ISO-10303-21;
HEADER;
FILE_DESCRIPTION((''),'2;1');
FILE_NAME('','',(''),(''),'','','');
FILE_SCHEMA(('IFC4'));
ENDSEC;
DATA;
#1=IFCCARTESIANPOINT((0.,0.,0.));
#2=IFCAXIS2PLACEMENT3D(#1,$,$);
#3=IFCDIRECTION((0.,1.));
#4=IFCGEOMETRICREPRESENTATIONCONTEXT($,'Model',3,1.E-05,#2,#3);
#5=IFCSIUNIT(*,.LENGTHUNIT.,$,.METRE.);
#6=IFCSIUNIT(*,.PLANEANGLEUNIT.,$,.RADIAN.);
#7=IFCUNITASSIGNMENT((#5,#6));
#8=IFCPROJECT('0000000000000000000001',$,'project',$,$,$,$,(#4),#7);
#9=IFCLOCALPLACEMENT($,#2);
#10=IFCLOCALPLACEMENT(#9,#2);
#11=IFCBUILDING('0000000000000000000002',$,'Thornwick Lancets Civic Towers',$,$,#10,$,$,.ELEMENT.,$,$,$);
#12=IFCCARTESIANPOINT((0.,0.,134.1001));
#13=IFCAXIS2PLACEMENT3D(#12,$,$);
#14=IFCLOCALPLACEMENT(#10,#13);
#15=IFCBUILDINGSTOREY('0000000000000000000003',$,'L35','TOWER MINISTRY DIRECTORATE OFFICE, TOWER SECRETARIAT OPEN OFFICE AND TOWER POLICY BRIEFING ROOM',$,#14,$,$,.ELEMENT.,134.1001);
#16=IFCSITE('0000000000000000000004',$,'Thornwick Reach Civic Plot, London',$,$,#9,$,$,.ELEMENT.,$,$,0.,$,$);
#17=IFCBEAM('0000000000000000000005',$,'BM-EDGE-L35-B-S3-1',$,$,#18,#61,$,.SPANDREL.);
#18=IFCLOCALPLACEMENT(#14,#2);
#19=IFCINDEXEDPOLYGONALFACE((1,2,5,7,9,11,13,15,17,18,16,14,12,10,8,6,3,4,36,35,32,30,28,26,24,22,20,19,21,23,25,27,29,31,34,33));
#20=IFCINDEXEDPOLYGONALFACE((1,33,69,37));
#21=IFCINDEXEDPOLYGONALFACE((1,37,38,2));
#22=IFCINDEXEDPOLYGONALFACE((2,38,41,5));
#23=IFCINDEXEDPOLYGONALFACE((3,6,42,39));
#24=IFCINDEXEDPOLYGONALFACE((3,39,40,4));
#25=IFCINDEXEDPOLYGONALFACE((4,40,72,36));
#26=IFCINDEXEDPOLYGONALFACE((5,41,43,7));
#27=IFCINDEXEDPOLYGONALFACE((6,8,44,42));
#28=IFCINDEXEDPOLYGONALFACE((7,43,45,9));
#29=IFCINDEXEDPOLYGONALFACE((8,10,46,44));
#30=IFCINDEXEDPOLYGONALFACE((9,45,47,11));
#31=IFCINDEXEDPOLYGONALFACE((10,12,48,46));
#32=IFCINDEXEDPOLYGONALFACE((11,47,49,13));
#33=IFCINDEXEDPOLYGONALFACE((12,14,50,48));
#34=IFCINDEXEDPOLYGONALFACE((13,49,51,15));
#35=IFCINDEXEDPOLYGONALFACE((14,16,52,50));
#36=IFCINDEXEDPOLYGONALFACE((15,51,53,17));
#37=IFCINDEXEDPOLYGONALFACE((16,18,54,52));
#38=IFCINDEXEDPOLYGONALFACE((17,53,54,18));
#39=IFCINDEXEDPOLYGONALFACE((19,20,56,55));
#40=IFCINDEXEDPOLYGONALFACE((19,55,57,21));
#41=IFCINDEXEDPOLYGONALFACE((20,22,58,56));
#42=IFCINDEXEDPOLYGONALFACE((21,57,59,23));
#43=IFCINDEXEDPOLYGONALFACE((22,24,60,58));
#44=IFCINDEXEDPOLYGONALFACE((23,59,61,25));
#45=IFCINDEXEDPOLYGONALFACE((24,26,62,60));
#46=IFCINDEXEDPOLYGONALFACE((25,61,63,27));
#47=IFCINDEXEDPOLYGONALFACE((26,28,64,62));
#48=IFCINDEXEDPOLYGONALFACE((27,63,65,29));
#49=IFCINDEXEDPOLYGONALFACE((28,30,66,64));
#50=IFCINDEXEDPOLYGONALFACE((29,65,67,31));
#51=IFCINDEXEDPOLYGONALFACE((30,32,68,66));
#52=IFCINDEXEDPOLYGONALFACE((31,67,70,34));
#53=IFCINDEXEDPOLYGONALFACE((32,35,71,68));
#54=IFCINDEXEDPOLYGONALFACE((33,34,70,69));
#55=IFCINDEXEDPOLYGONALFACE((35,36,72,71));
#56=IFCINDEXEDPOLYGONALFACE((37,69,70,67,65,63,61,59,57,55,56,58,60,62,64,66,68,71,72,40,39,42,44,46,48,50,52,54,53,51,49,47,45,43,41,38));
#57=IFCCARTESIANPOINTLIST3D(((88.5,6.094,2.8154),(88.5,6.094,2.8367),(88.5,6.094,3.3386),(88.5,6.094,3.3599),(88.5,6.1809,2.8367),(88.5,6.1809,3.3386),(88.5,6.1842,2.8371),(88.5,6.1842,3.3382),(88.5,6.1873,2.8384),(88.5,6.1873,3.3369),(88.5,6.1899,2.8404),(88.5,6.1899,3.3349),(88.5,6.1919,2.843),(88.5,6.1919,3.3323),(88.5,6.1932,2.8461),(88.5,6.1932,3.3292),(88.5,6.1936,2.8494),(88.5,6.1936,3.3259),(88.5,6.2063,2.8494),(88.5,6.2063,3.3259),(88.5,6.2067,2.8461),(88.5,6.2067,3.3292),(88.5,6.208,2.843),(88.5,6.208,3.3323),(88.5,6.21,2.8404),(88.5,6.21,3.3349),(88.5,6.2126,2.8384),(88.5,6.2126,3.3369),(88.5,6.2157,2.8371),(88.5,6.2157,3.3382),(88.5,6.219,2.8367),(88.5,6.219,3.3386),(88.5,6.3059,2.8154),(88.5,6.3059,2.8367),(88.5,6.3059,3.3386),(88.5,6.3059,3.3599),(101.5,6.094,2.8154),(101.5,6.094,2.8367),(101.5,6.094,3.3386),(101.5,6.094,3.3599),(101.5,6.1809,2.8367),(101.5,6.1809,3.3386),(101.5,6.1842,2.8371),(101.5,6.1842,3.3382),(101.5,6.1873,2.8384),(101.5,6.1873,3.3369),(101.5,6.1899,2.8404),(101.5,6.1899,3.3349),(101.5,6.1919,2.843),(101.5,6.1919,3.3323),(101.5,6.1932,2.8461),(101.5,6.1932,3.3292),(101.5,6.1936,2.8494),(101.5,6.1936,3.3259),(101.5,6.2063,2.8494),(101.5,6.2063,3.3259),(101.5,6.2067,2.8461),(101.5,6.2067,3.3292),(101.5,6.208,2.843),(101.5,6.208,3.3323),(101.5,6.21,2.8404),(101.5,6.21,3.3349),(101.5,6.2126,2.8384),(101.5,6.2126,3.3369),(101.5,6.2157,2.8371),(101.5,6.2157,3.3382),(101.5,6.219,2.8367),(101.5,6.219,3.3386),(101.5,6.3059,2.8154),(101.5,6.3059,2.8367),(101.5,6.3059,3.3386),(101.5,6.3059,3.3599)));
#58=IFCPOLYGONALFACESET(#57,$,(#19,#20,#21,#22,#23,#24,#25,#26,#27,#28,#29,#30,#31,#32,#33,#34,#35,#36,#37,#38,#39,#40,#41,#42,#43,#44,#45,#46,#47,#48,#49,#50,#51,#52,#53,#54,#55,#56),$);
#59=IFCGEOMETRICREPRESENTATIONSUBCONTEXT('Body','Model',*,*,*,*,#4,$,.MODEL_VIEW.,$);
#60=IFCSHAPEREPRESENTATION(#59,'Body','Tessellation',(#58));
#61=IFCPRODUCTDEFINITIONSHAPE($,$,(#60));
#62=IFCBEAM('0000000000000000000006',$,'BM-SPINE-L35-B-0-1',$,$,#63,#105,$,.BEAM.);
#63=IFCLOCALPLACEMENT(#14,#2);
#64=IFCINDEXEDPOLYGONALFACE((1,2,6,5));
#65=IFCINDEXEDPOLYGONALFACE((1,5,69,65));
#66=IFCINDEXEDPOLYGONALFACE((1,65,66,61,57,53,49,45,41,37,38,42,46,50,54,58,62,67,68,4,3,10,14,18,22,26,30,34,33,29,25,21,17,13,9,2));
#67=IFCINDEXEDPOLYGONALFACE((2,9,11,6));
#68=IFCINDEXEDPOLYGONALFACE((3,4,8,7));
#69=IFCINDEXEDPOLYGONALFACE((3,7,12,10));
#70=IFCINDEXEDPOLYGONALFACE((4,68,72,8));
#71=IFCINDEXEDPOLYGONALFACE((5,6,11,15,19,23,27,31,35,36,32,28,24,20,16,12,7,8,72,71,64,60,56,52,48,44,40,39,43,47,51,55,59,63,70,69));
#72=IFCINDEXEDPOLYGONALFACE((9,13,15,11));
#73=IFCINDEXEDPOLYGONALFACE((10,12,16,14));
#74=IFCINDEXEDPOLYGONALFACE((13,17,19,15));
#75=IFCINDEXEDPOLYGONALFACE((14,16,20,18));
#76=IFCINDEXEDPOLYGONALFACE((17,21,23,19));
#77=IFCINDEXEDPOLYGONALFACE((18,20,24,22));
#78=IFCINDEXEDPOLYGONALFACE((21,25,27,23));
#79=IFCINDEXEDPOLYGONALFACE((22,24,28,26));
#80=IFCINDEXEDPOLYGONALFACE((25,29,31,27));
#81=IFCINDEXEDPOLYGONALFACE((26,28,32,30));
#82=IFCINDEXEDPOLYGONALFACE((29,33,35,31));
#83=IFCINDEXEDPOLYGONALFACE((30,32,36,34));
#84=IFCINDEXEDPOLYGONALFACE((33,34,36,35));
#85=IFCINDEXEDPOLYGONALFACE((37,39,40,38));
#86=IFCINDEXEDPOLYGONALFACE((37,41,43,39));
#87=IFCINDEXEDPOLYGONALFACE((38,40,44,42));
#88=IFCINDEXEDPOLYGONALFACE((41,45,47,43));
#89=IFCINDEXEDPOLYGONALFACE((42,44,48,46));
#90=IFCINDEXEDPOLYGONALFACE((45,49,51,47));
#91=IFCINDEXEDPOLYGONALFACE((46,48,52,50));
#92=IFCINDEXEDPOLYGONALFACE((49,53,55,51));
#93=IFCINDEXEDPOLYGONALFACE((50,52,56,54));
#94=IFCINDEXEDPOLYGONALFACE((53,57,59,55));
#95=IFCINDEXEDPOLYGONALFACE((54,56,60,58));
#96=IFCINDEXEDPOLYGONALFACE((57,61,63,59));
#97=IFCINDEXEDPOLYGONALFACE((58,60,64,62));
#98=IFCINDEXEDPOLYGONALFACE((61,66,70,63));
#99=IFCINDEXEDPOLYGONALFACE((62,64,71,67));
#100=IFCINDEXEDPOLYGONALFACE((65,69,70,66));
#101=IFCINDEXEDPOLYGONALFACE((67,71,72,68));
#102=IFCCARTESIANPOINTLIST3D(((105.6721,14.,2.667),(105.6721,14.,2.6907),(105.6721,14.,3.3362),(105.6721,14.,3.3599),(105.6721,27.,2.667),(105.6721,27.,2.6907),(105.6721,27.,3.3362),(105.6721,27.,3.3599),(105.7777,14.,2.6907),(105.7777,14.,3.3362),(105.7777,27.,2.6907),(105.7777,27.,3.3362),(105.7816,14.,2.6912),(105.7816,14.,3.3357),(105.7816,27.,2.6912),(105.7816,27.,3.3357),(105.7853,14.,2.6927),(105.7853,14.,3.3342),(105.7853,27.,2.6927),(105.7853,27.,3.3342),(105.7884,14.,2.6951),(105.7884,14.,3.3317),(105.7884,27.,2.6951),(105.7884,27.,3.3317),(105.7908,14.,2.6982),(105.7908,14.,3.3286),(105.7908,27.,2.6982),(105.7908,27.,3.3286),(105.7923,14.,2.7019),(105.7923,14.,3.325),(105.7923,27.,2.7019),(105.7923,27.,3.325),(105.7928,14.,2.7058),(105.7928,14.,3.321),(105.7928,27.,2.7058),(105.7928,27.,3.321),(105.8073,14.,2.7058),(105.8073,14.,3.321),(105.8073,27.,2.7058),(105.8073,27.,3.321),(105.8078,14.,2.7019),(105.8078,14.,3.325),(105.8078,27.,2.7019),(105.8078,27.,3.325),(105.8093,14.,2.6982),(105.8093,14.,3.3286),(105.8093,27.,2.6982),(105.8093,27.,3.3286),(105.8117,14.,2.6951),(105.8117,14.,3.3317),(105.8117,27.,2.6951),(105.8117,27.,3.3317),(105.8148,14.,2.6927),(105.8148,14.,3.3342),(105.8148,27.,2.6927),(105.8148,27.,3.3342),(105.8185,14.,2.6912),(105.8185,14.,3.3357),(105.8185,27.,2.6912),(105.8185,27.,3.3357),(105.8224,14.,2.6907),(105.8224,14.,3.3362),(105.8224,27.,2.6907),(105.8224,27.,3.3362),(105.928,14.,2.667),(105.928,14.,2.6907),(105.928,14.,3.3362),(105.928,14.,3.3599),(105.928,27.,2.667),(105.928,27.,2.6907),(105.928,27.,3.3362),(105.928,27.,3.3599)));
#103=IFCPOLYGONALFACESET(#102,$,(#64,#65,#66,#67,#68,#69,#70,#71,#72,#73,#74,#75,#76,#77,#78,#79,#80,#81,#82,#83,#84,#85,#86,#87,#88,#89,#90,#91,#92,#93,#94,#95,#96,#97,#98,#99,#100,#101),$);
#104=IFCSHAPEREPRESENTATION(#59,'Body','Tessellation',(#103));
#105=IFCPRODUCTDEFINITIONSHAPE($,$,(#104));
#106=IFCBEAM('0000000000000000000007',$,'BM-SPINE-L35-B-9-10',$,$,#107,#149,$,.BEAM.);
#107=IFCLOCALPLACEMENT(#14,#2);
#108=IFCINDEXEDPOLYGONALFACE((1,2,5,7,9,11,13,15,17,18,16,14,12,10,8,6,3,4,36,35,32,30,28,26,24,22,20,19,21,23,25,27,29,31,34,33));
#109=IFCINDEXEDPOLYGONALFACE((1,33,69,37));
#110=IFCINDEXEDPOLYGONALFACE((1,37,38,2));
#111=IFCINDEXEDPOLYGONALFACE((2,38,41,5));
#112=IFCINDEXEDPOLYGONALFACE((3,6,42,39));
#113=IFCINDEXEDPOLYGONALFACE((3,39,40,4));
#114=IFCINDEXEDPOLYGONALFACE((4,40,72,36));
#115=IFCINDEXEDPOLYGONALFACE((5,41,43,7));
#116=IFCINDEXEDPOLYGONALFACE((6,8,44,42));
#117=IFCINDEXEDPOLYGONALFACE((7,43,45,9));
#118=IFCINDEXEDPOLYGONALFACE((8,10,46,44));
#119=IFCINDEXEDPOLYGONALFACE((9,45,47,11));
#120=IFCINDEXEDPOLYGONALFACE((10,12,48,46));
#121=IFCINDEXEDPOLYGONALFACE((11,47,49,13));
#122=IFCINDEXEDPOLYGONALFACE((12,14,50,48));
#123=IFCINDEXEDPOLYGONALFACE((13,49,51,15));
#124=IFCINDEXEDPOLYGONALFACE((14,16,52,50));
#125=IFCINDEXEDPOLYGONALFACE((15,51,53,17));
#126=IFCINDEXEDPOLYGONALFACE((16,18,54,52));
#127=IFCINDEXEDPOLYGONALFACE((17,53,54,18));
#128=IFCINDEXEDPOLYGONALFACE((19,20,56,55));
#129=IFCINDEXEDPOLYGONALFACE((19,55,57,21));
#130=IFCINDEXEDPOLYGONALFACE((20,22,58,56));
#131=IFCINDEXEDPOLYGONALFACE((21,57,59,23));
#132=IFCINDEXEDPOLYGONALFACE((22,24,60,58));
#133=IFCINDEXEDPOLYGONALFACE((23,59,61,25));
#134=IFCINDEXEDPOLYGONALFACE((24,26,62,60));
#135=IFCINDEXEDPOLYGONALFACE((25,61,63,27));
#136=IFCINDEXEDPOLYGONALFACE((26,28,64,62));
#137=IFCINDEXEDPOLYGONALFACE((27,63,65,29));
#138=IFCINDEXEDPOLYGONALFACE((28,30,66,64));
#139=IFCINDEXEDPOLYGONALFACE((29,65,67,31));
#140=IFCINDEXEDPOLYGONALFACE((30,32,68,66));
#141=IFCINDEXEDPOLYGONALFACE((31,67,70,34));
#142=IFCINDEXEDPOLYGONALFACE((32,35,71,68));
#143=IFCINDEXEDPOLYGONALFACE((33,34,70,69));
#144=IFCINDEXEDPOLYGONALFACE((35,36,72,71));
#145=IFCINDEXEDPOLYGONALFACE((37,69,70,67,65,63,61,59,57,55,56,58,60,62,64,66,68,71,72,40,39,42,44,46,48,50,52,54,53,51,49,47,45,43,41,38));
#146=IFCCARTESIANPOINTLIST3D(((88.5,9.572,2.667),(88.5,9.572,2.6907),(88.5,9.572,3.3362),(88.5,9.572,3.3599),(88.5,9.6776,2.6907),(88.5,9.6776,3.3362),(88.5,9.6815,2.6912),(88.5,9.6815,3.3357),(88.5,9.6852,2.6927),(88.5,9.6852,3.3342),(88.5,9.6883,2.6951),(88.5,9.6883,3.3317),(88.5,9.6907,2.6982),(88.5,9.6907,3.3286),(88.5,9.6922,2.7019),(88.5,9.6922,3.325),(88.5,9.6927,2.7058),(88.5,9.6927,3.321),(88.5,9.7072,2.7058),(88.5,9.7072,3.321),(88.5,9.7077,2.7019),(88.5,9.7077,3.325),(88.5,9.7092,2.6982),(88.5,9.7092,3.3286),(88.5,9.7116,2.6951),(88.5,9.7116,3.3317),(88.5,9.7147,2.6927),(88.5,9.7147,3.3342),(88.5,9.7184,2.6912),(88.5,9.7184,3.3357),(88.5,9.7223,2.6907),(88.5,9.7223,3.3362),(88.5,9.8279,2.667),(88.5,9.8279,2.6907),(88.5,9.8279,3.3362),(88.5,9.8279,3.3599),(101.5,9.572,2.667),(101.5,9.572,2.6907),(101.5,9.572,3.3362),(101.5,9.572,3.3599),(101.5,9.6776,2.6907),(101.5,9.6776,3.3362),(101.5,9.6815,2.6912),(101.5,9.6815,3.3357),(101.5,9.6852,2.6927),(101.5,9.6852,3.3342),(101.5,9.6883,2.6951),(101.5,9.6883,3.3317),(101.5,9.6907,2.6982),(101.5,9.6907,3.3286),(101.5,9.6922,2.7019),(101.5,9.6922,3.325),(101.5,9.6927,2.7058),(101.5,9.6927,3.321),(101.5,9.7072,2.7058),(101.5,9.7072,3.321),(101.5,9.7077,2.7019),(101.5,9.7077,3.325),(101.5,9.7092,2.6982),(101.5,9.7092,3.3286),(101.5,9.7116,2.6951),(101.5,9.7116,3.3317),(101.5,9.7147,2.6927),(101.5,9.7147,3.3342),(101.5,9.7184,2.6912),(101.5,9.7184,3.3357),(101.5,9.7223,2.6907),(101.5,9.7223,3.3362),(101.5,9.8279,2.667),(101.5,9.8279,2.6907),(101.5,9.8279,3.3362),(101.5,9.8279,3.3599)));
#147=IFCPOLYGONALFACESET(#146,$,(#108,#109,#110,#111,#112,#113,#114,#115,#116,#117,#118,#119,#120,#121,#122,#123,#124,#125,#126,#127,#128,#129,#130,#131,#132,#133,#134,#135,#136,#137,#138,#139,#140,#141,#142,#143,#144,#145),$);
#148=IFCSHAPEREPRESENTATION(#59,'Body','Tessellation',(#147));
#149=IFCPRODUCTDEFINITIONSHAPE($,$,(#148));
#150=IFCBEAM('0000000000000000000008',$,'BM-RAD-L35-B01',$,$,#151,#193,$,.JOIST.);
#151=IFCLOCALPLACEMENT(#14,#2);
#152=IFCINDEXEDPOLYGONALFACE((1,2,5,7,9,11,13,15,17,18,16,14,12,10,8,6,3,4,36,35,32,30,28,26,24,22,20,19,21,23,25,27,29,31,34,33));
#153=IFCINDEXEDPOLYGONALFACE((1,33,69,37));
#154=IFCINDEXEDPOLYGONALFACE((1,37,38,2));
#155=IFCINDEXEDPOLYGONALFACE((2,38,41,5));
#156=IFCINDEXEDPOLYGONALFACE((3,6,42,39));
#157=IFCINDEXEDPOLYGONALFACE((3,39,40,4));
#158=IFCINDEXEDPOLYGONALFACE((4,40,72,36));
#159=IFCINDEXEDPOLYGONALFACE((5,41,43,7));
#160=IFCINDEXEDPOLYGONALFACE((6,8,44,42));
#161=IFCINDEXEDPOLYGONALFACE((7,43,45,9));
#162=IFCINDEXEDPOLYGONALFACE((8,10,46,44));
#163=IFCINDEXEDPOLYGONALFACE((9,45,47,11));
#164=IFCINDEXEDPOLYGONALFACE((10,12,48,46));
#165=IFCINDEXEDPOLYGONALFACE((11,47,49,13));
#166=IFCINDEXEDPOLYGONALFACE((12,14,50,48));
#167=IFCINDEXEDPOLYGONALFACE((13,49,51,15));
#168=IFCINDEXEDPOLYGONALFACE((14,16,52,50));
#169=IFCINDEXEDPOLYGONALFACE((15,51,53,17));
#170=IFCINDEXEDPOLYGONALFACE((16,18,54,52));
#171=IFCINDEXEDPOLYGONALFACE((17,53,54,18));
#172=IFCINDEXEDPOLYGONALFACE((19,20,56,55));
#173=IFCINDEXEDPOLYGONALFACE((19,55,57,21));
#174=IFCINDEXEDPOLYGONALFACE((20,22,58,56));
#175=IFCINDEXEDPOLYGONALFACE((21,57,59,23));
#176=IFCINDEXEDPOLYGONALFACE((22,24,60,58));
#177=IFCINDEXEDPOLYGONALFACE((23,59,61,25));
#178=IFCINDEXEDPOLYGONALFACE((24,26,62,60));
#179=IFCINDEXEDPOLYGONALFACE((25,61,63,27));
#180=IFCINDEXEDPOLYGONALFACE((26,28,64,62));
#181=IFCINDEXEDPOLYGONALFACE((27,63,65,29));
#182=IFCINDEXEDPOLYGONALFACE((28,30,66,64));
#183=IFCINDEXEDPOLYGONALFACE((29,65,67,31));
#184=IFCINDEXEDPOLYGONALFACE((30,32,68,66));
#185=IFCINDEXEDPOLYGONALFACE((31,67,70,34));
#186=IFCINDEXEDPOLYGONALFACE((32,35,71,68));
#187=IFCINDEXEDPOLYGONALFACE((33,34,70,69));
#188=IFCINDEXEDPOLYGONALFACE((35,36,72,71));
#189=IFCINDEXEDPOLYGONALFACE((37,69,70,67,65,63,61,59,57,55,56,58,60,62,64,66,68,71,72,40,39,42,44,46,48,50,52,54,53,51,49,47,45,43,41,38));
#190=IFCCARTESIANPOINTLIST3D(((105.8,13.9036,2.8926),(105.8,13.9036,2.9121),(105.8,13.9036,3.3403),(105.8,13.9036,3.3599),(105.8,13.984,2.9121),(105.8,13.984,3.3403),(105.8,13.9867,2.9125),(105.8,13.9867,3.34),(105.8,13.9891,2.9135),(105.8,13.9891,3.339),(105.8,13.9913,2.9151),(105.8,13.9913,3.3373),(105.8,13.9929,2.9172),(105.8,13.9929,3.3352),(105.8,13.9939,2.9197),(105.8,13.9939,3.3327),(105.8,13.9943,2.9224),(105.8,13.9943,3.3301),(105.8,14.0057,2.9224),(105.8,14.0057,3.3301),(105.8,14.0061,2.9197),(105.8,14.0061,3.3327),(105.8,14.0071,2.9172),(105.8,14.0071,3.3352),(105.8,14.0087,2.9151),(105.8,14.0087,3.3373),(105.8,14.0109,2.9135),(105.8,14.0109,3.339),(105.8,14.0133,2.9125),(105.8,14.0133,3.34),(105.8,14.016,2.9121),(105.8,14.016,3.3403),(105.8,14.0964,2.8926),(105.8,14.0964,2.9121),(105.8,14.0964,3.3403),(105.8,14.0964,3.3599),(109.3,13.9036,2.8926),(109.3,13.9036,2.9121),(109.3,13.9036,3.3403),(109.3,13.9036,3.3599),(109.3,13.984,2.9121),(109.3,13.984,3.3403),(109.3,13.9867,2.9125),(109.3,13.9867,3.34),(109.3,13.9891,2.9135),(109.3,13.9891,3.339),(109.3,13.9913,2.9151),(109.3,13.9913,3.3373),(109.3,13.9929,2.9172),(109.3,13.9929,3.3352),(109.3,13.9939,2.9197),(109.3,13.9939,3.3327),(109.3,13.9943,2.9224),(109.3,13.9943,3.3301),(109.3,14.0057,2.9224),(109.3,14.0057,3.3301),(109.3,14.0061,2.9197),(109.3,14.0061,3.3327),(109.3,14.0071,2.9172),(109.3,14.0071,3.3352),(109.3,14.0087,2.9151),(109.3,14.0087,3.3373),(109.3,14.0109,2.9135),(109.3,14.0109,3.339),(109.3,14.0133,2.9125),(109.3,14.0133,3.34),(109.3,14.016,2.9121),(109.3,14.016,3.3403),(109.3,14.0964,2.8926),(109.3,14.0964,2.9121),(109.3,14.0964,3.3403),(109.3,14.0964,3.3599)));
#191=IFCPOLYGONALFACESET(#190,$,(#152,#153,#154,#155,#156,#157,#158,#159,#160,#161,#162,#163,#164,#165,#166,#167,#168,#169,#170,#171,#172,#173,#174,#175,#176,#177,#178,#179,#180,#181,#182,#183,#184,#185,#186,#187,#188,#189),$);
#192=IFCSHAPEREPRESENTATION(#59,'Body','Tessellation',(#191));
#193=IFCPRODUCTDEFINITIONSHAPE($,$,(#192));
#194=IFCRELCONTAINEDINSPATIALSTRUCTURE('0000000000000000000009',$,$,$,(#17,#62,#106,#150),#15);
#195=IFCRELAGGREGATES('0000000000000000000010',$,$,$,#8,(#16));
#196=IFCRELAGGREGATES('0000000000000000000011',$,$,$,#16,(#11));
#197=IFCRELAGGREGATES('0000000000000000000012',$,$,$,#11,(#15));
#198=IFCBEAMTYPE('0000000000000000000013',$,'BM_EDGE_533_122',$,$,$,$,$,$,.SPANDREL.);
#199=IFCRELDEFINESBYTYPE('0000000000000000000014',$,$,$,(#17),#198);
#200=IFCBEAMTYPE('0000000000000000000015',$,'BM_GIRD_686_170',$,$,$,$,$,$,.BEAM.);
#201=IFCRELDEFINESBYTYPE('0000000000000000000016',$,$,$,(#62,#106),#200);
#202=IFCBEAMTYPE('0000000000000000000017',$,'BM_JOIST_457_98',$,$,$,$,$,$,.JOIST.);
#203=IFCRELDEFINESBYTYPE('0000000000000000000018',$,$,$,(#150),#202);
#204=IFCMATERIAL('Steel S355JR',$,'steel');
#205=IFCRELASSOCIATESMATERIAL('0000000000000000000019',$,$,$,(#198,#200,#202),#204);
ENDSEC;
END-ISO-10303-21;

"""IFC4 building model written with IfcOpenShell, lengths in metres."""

from ifc_helpers import new_model, si_unit, direction, frame, origin, origin_2d, place, context, subcontext, project, spatial, i_section, extrude, material, material_profile, profile_set, type_object, element, save


model = new_model("IFC4")

# Units and contexts
model_context = context("Model", 3, precision=1e-05, world=origin(), true_north=direction((0.0, 1.0)))
body_context = subcontext(model_context, "Body", "Model", "MODEL_VIEW")
ifc_project = project(units=[si_unit("LENGTHUNIT", "METRE"), si_unit("PLANEANGLEUNIT", "RADIAN")], contexts=[model_context])

# Site, building, storey
site_placement = place(None, origin())
site = spatial("IfcSite", under=ifc_project, at=site_placement, Name="Thornwick Reach Civic Plot, London", CompositionType="ELEMENT", RefElevation=0.0)
building_placement = place(site_placement, origin())
building = spatial("IfcBuilding", under=site, at=building_placement, Name="Thornwick Lancets Civic Towers", CompositionType="ELEMENT")
storey_placement = place(building_placement, frame((0.0, 0.0, 134.1001)))
storey = spatial("IfcBuildingStorey", under=building, at=storey_placement, Name="L35", Description="TOWER MINISTRY DIRECTORATE OFFICE, TOWER SECRETARIAT OPEN OFFICE AND TOWER POLICY BRIEFING ROOM", CompositionType="ELEMENT", Elevation=134.1001)

# Beams
ifc_material_1 = material(Name="Steel S355JR", Category="steel")
ifc_material_profile_1 = material_profile(ifc_material_1, i_section(OverallWidth=0.2119, OverallDepth=0.5444, WebThickness=0.0127, FlangeThickness=0.0212, FilletRadius=0.0127, at=origin_2d()), Name="UKB 533x210x122")
ifc_profile_set_1 = profile_set([ifc_material_profile_1], Name="Steel S355JR")
beam_type_1 = type_object("IfcBeamType", Name="BM_EDGE_533_122", PredefinedType="SPANDREL", material=ifc_profile_set_1)
for number, where, z_axis, x_axis, name in (
    (1, (101.5, 6.2, 3.0876), (-1.0, 0.0, 0.0), (0.0, -1.0, 0.0), "BM-EDGE-L35-B-S3-1"),
):
    element("IfcBeam", number, at=place(storey_placement, frame(where, z_axis=z_axis, x_axis=x_axis)), inside=storey, type_object=beam_type_1, Name=name, PredefinedType="SPANDREL", context=body_context, shape_type="SweptSolid", body=[
        extrude(i_section(OverallWidth=0.2119, OverallDepth=0.5444, WebThickness=0.0127, FlangeThickness=0.0212, FilletRadius=0.0127, at=origin_2d()), origin(), (0.0, 0.0, 1.0), 13.0),
    ])
ifc_material_profile_2 = material_profile(ifc_material_1, i_section(OverallWidth=0.2559, OverallDepth=0.6929, WebThickness=0.0144, FlangeThickness=0.0237, FilletRadius=0.0151, at=origin_2d()), Name="UKB 686x254x170")
ifc_profile_set_2 = profile_set([ifc_material_profile_2], Name="Steel S355JR")
beam_type_2 = type_object("IfcBeamType", Name="BM_GIRD_686_170", PredefinedType="BEAM", material=ifc_profile_set_2)
for number, where, z_axis, x_axis, name in (
    (2, (105.8, 14.0, 3.0134), (0.0, 1.0, 0.0), (-1.0, 0.0, 0.0), "BM-SPINE-L35-B-0-1"),
    (3, (101.5, 9.7, 3.0134), (-1.0, 0.0, 0.0), (0.0, -1.0, 0.0), "BM-SPINE-L35-B-9-10"),
):
    element("IfcBeam", number, at=place(storey_placement, frame(where, z_axis=z_axis, x_axis=x_axis)), inside=storey, type_object=beam_type_2, Name=name, PredefinedType="BEAM", context=body_context, shape_type="SweptSolid", body=[
        extrude(i_section(OverallWidth=0.2559, OverallDepth=0.6929, WebThickness=0.0144, FlangeThickness=0.0237, FilletRadius=0.0151, at=origin_2d()), origin(), (0.0, 0.0, 1.0), 13.0),
    ])
ifc_material_profile_3 = material_profile(ifc_material_1, i_section(OverallWidth=0.1929, OverallDepth=0.4673, WebThickness=0.0115, FlangeThickness=0.0195, FilletRadius=0.0103, at=origin_2d()), Name="UKB 457x191x98")
ifc_profile_set_3 = profile_set([ifc_material_profile_3], Name="Steel S355JR")
beam_type_3 = type_object("IfcBeamType", Name="BM_JOIST_457_98", PredefinedType="JOIST", material=ifc_profile_set_3)
for number, where, z_axis, x_axis, name in (
    (4, (105.8, 14.0, 3.1262), (1.0, 0.0, 0.0), (0.0, 1.0, 0.0), "BM-RAD-L35-B01"),
):
    element("IfcBeam", number, at=place(storey_placement, frame(where, z_axis=z_axis, x_axis=x_axis)), inside=storey, type_object=beam_type_3, Name=name, PredefinedType="JOIST", context=body_context, shape_type="SweptSolid", body=[
        extrude(i_section(OverallWidth=0.1929, OverallDepth=0.4673, WebThickness=0.0115, FlangeThickness=0.0195, FilletRadius=0.0103, at=origin_2d()), origin(), (0.0, 0.0, 1.0), 3.5),
    ])

save(model, "model.ifc")
